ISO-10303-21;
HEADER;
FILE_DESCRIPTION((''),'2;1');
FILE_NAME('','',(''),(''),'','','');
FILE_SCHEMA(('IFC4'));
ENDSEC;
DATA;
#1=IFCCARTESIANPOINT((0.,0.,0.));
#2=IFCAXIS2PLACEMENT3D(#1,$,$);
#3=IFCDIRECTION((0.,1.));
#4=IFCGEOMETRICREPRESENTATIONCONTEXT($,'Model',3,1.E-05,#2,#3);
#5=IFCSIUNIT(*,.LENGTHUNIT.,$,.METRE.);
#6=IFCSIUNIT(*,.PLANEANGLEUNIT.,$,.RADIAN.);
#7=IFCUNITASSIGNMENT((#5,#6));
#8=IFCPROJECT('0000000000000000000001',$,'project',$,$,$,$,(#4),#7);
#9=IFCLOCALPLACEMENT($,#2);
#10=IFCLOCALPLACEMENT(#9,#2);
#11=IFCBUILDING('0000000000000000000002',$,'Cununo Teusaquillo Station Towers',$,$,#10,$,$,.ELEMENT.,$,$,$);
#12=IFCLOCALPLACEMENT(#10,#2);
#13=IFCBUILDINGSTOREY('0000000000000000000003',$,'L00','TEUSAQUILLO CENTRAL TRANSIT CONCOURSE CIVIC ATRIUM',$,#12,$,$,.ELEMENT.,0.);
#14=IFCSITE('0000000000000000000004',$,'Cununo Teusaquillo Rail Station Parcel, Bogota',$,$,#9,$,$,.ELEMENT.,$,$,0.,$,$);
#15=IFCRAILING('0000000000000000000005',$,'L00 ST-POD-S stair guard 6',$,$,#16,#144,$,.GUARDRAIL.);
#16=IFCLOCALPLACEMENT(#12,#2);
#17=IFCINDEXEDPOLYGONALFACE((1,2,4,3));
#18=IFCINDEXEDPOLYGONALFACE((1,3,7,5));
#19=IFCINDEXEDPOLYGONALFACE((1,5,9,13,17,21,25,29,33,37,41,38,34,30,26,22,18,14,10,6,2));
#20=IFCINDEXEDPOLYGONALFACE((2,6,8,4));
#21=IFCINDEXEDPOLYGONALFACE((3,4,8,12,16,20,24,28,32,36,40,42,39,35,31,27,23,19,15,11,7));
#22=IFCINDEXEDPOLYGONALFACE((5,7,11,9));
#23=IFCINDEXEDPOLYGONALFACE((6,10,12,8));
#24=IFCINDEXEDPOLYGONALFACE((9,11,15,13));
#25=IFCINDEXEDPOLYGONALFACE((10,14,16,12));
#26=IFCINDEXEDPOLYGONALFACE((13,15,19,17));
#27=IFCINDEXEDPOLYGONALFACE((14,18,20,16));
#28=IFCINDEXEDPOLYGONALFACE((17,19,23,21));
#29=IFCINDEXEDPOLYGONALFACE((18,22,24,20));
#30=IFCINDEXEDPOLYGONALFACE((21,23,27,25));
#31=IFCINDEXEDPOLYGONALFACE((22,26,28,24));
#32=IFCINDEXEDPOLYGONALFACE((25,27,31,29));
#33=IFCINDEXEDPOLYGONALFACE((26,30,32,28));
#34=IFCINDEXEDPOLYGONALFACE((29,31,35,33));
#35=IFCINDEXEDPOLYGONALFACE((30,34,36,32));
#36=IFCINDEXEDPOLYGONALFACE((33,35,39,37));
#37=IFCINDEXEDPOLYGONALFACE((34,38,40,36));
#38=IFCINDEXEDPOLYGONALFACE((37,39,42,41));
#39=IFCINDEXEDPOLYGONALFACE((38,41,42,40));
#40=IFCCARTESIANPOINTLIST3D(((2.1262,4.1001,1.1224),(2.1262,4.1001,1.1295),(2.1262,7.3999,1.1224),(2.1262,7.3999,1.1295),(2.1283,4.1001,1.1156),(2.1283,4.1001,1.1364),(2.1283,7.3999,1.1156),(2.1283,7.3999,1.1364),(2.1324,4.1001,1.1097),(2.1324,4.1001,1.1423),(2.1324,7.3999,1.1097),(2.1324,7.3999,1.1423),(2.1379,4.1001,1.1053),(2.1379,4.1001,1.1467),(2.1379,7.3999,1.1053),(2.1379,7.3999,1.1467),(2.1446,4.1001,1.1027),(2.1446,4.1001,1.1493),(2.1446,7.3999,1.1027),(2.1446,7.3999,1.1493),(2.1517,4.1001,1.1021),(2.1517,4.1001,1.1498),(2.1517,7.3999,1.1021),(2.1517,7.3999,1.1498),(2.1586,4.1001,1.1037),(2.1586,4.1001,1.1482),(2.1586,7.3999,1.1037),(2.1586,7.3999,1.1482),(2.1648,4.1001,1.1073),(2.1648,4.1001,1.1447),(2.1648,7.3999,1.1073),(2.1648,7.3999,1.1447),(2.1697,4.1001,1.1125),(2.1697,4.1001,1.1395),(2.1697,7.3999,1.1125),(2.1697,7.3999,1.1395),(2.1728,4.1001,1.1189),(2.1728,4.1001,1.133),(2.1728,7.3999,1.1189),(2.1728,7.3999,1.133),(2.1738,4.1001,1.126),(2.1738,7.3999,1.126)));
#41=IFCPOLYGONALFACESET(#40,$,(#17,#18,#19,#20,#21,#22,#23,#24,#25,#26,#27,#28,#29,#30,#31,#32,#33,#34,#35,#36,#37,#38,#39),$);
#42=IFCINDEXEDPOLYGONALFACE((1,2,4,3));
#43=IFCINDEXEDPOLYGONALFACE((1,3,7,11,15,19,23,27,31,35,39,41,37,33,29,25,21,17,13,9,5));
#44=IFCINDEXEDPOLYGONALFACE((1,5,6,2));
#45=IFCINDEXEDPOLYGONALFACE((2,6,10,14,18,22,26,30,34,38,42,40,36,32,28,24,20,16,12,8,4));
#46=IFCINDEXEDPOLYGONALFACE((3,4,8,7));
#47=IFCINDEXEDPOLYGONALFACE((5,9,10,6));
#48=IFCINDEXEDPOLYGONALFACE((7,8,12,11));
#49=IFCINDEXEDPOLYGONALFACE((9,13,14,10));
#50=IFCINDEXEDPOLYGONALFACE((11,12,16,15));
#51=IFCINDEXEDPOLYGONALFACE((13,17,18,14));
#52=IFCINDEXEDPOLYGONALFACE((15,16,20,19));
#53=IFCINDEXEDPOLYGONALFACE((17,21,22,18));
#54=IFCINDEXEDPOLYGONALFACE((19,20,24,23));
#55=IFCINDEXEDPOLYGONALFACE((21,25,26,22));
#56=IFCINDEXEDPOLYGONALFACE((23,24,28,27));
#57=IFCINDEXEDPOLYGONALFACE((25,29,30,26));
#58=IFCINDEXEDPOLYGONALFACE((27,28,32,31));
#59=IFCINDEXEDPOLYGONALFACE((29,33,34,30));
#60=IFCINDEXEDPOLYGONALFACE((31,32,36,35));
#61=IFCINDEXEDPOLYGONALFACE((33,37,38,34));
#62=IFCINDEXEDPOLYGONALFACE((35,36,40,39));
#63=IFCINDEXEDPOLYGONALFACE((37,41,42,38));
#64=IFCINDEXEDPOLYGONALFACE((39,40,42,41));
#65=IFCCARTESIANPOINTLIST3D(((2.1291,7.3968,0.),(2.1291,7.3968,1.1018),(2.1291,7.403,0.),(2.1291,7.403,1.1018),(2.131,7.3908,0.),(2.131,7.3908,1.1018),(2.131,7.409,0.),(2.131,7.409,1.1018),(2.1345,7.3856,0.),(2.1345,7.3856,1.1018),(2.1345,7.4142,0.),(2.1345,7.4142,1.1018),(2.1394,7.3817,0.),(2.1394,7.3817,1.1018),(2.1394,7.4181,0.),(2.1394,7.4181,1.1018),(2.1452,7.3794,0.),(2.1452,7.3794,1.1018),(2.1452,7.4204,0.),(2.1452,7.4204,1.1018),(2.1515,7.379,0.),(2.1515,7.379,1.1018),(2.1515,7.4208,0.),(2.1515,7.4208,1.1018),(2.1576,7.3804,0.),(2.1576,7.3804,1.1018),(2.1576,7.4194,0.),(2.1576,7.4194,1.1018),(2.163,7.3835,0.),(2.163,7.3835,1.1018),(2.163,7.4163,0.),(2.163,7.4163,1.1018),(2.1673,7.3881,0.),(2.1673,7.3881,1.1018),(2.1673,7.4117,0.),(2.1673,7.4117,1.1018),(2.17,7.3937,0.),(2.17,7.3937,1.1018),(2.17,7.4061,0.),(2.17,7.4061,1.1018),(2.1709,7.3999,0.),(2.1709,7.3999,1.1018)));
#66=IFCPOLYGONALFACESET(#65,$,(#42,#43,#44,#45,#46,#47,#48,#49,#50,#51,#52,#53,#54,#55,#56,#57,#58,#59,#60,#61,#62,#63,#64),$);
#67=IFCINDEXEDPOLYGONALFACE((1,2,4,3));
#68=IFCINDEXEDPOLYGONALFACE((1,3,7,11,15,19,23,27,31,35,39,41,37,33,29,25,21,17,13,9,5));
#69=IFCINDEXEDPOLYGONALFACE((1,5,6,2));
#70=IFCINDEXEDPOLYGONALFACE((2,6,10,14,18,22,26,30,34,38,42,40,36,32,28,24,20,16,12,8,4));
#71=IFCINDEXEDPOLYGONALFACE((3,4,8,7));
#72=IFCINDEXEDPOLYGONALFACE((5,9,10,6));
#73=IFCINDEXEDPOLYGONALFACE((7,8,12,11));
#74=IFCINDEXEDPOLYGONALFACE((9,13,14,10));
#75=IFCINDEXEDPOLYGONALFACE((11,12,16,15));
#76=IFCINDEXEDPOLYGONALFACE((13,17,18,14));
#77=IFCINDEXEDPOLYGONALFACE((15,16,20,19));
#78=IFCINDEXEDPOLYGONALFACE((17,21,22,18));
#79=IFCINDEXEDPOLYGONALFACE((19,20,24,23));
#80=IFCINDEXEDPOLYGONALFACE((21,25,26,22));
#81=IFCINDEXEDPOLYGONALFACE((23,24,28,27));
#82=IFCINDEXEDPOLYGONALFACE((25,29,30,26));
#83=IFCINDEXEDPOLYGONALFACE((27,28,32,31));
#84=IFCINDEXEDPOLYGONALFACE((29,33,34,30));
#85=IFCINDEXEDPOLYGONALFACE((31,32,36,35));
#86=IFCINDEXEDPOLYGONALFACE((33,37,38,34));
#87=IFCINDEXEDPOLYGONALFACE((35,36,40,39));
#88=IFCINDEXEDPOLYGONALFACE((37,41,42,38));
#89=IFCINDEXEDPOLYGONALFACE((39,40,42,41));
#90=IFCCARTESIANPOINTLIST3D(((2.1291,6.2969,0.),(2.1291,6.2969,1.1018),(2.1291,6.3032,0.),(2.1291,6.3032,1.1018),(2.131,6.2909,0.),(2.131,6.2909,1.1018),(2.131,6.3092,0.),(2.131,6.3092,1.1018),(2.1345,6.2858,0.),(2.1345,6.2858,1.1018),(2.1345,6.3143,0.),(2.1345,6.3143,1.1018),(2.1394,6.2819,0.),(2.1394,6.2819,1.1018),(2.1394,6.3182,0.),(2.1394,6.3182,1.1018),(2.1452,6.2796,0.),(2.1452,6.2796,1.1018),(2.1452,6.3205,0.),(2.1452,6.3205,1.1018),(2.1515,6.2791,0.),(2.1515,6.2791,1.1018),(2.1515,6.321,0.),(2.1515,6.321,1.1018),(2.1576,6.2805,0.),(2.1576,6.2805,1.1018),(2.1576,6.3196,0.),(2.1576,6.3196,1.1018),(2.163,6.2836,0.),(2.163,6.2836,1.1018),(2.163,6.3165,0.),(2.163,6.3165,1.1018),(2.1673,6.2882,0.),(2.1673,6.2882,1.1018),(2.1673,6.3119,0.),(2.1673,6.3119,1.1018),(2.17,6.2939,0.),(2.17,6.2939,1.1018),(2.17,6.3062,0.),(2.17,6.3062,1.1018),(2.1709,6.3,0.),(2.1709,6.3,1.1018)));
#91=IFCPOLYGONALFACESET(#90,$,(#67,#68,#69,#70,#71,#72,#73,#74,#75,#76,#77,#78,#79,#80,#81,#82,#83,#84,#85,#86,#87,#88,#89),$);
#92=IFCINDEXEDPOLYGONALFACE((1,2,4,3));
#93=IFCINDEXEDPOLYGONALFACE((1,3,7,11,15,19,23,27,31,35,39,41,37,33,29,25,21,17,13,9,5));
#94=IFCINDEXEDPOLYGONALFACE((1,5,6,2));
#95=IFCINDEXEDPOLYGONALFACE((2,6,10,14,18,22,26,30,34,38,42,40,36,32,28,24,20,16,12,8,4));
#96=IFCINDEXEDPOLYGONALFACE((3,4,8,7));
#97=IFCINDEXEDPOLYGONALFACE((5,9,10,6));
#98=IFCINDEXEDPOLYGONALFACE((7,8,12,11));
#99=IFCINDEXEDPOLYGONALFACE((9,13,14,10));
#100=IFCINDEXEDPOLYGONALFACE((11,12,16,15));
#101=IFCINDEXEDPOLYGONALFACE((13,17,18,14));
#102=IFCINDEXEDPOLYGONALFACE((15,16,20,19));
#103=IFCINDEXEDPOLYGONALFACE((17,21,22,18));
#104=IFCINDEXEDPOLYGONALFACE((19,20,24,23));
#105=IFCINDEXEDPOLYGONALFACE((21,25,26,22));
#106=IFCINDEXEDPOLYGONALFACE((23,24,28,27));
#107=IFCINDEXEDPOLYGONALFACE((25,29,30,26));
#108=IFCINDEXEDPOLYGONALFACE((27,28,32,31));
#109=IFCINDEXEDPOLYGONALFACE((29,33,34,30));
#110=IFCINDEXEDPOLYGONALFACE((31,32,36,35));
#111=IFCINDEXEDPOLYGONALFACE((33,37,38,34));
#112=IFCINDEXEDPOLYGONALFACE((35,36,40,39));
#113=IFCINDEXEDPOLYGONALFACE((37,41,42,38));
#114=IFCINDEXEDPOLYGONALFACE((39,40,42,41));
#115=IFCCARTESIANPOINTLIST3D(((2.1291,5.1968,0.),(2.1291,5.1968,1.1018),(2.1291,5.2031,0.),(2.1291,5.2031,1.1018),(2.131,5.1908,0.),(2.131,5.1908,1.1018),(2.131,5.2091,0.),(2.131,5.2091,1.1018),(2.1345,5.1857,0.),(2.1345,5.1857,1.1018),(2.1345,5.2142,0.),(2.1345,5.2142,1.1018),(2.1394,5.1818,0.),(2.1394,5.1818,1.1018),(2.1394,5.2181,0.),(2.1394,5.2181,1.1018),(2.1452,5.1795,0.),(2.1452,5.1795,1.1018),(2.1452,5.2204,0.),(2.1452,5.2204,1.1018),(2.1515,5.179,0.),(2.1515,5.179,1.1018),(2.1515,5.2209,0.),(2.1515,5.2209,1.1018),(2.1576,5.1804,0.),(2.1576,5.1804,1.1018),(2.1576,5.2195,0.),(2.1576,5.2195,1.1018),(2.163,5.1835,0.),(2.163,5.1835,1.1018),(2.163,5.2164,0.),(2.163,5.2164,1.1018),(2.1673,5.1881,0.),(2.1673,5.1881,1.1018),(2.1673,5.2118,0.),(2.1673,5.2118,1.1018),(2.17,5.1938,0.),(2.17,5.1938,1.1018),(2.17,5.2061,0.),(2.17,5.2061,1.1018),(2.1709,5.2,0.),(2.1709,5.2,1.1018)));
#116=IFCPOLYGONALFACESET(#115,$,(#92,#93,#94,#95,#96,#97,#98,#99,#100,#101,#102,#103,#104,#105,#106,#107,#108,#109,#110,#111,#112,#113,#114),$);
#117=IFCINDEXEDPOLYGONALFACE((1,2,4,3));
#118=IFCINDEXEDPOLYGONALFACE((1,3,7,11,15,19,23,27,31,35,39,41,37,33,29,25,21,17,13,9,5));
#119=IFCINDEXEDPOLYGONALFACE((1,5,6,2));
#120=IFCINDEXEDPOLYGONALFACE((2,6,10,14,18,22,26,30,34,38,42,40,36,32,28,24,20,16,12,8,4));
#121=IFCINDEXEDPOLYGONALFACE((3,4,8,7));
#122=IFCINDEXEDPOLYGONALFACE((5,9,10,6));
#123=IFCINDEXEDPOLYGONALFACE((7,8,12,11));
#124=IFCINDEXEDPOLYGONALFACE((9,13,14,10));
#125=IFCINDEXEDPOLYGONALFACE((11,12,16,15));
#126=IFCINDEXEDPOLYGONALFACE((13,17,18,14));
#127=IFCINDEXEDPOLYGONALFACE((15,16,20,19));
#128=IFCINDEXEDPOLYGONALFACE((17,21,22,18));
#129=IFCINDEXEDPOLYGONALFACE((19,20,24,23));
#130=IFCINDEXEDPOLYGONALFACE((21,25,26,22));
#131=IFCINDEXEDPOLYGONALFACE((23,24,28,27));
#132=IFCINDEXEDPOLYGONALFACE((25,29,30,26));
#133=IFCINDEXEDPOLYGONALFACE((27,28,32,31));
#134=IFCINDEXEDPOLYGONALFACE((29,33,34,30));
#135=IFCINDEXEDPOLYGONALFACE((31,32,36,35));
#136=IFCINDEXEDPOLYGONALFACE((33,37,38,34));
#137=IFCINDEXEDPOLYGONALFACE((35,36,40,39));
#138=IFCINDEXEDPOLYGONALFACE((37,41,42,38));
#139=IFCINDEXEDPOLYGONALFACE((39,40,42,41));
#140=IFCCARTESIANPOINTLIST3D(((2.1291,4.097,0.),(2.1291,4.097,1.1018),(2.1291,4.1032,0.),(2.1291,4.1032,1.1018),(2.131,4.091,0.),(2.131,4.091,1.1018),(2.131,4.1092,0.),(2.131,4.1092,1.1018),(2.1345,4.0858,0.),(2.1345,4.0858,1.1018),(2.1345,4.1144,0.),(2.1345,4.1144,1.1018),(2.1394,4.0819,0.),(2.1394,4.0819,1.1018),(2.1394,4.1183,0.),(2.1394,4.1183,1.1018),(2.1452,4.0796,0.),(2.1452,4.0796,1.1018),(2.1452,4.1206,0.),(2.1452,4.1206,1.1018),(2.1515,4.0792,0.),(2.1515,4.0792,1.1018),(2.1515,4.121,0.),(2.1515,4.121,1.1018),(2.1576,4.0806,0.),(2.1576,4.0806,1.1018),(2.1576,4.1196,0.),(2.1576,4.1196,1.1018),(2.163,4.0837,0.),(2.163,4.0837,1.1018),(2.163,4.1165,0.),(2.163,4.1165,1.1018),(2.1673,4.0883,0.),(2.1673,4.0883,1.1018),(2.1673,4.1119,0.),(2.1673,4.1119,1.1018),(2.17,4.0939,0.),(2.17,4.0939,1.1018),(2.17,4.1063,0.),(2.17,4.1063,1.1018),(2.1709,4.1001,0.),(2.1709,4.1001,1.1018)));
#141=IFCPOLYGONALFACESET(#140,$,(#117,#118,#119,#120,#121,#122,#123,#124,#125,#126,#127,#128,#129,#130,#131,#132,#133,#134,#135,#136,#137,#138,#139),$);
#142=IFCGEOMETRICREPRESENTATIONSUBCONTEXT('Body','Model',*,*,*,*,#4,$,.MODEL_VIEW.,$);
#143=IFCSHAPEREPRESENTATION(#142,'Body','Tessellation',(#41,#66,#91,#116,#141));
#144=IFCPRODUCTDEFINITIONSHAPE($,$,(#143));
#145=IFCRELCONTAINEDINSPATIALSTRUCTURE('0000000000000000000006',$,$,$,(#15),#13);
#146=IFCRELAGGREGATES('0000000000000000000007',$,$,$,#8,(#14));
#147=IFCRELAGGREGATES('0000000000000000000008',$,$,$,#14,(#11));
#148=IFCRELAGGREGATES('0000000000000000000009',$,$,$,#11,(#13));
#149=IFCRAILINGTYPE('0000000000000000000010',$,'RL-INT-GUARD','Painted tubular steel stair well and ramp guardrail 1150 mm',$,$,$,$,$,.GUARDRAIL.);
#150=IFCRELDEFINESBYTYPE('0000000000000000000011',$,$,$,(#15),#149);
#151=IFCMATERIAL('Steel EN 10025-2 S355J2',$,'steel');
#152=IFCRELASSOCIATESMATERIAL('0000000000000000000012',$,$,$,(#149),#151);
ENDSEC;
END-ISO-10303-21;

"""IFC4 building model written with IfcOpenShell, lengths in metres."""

from ifc_helpers import new_model, si_unit, direction, frame, origin, origin_2d, place, context, subcontext, project, spatial, circle, extrude, material, type_object, element, save


model = new_model("IFC4")

# Units and contexts
model_context = context("Model", 3, precision=1e-05, world=origin(), true_north=direction((0.0, 1.0)))
body_context = subcontext(model_context, "Body", "Model", "MODEL_VIEW")
ifc_project = project(units=[si_unit("LENGTHUNIT", "METRE"), si_unit("PLANEANGLEUNIT", "RADIAN")], contexts=[model_context])

# Site, building, storey
site_placement = place(None, origin())
site = spatial("IfcSite", under=ifc_project, at=site_placement, Name="Cununo Teusaquillo Rail Station Parcel, Bogota", CompositionType="ELEMENT", RefElevation=0.0)
building_placement = place(site_placement, origin())
building = spatial("IfcBuilding", under=site, at=building_placement, Name="Cununo Teusaquillo Station Towers", CompositionType="ELEMENT")
storey_placement = place(building_placement, origin())
storey = spatial("IfcBuildingStorey", under=building, at=storey_placement, Name="L00", Description="TEUSAQUILLO CENTRAL TRANSIT CONCOURSE CIVIC ATRIUM", CompositionType="ELEMENT", Elevation=0.0)

# Railing
ifc_material_1 = material(Name="Steel EN 10025-2 S355J2", Category="steel")
railing_type_1 = type_object("IfcRailingType", Name="RL-INT-GUARD", Description="Painted tubular steel stair well and ramp guardrail 1150 mm", PredefinedType="GUARDRAIL", material=ifc_material_1)
railing_1_placement = place(storey_placement, frame((2.1499, 7.3999, 0.0)))
element("IfcRailing", 1, at=railing_1_placement, inside=storey, type_object=railing_type_1, Name="L00 ST-POD-S stair guard 6", PredefinedType="GUARDRAIL", context=body_context, shape_type="SweptSolid", body=[
    extrude(circle(Radius=0.0239, at=origin_2d()), frame((0.0, 0.0, 1.126), z_axis=(0.0, -1.0, 0.0), x_axis=(1.0, 0.0, 0.0)), (0.0, 0.0, 1.0), 3.2998),
    extrude(circle(Radius=0.021, at=origin_2d()), origin(), (0.0, 0.0, 1.0), 1.1018),
    extrude(circle(Radius=0.021, at=origin_2d()), frame((0.0, -1.0999, 0.0)), (0.0, 0.0, 1.0), 1.1018),
    extrude(circle(Radius=0.021, at=origin_2d()), frame((0.0, -2.2, 0.0)), (0.0, 0.0, 1.0), 1.1018),
    extrude(circle(Radius=0.021, at=origin_2d()), frame((0.0, -3.2998, 0.0)), (0.0, 0.0, 1.0), 1.1018),
])

save(model, "model.ifc")
